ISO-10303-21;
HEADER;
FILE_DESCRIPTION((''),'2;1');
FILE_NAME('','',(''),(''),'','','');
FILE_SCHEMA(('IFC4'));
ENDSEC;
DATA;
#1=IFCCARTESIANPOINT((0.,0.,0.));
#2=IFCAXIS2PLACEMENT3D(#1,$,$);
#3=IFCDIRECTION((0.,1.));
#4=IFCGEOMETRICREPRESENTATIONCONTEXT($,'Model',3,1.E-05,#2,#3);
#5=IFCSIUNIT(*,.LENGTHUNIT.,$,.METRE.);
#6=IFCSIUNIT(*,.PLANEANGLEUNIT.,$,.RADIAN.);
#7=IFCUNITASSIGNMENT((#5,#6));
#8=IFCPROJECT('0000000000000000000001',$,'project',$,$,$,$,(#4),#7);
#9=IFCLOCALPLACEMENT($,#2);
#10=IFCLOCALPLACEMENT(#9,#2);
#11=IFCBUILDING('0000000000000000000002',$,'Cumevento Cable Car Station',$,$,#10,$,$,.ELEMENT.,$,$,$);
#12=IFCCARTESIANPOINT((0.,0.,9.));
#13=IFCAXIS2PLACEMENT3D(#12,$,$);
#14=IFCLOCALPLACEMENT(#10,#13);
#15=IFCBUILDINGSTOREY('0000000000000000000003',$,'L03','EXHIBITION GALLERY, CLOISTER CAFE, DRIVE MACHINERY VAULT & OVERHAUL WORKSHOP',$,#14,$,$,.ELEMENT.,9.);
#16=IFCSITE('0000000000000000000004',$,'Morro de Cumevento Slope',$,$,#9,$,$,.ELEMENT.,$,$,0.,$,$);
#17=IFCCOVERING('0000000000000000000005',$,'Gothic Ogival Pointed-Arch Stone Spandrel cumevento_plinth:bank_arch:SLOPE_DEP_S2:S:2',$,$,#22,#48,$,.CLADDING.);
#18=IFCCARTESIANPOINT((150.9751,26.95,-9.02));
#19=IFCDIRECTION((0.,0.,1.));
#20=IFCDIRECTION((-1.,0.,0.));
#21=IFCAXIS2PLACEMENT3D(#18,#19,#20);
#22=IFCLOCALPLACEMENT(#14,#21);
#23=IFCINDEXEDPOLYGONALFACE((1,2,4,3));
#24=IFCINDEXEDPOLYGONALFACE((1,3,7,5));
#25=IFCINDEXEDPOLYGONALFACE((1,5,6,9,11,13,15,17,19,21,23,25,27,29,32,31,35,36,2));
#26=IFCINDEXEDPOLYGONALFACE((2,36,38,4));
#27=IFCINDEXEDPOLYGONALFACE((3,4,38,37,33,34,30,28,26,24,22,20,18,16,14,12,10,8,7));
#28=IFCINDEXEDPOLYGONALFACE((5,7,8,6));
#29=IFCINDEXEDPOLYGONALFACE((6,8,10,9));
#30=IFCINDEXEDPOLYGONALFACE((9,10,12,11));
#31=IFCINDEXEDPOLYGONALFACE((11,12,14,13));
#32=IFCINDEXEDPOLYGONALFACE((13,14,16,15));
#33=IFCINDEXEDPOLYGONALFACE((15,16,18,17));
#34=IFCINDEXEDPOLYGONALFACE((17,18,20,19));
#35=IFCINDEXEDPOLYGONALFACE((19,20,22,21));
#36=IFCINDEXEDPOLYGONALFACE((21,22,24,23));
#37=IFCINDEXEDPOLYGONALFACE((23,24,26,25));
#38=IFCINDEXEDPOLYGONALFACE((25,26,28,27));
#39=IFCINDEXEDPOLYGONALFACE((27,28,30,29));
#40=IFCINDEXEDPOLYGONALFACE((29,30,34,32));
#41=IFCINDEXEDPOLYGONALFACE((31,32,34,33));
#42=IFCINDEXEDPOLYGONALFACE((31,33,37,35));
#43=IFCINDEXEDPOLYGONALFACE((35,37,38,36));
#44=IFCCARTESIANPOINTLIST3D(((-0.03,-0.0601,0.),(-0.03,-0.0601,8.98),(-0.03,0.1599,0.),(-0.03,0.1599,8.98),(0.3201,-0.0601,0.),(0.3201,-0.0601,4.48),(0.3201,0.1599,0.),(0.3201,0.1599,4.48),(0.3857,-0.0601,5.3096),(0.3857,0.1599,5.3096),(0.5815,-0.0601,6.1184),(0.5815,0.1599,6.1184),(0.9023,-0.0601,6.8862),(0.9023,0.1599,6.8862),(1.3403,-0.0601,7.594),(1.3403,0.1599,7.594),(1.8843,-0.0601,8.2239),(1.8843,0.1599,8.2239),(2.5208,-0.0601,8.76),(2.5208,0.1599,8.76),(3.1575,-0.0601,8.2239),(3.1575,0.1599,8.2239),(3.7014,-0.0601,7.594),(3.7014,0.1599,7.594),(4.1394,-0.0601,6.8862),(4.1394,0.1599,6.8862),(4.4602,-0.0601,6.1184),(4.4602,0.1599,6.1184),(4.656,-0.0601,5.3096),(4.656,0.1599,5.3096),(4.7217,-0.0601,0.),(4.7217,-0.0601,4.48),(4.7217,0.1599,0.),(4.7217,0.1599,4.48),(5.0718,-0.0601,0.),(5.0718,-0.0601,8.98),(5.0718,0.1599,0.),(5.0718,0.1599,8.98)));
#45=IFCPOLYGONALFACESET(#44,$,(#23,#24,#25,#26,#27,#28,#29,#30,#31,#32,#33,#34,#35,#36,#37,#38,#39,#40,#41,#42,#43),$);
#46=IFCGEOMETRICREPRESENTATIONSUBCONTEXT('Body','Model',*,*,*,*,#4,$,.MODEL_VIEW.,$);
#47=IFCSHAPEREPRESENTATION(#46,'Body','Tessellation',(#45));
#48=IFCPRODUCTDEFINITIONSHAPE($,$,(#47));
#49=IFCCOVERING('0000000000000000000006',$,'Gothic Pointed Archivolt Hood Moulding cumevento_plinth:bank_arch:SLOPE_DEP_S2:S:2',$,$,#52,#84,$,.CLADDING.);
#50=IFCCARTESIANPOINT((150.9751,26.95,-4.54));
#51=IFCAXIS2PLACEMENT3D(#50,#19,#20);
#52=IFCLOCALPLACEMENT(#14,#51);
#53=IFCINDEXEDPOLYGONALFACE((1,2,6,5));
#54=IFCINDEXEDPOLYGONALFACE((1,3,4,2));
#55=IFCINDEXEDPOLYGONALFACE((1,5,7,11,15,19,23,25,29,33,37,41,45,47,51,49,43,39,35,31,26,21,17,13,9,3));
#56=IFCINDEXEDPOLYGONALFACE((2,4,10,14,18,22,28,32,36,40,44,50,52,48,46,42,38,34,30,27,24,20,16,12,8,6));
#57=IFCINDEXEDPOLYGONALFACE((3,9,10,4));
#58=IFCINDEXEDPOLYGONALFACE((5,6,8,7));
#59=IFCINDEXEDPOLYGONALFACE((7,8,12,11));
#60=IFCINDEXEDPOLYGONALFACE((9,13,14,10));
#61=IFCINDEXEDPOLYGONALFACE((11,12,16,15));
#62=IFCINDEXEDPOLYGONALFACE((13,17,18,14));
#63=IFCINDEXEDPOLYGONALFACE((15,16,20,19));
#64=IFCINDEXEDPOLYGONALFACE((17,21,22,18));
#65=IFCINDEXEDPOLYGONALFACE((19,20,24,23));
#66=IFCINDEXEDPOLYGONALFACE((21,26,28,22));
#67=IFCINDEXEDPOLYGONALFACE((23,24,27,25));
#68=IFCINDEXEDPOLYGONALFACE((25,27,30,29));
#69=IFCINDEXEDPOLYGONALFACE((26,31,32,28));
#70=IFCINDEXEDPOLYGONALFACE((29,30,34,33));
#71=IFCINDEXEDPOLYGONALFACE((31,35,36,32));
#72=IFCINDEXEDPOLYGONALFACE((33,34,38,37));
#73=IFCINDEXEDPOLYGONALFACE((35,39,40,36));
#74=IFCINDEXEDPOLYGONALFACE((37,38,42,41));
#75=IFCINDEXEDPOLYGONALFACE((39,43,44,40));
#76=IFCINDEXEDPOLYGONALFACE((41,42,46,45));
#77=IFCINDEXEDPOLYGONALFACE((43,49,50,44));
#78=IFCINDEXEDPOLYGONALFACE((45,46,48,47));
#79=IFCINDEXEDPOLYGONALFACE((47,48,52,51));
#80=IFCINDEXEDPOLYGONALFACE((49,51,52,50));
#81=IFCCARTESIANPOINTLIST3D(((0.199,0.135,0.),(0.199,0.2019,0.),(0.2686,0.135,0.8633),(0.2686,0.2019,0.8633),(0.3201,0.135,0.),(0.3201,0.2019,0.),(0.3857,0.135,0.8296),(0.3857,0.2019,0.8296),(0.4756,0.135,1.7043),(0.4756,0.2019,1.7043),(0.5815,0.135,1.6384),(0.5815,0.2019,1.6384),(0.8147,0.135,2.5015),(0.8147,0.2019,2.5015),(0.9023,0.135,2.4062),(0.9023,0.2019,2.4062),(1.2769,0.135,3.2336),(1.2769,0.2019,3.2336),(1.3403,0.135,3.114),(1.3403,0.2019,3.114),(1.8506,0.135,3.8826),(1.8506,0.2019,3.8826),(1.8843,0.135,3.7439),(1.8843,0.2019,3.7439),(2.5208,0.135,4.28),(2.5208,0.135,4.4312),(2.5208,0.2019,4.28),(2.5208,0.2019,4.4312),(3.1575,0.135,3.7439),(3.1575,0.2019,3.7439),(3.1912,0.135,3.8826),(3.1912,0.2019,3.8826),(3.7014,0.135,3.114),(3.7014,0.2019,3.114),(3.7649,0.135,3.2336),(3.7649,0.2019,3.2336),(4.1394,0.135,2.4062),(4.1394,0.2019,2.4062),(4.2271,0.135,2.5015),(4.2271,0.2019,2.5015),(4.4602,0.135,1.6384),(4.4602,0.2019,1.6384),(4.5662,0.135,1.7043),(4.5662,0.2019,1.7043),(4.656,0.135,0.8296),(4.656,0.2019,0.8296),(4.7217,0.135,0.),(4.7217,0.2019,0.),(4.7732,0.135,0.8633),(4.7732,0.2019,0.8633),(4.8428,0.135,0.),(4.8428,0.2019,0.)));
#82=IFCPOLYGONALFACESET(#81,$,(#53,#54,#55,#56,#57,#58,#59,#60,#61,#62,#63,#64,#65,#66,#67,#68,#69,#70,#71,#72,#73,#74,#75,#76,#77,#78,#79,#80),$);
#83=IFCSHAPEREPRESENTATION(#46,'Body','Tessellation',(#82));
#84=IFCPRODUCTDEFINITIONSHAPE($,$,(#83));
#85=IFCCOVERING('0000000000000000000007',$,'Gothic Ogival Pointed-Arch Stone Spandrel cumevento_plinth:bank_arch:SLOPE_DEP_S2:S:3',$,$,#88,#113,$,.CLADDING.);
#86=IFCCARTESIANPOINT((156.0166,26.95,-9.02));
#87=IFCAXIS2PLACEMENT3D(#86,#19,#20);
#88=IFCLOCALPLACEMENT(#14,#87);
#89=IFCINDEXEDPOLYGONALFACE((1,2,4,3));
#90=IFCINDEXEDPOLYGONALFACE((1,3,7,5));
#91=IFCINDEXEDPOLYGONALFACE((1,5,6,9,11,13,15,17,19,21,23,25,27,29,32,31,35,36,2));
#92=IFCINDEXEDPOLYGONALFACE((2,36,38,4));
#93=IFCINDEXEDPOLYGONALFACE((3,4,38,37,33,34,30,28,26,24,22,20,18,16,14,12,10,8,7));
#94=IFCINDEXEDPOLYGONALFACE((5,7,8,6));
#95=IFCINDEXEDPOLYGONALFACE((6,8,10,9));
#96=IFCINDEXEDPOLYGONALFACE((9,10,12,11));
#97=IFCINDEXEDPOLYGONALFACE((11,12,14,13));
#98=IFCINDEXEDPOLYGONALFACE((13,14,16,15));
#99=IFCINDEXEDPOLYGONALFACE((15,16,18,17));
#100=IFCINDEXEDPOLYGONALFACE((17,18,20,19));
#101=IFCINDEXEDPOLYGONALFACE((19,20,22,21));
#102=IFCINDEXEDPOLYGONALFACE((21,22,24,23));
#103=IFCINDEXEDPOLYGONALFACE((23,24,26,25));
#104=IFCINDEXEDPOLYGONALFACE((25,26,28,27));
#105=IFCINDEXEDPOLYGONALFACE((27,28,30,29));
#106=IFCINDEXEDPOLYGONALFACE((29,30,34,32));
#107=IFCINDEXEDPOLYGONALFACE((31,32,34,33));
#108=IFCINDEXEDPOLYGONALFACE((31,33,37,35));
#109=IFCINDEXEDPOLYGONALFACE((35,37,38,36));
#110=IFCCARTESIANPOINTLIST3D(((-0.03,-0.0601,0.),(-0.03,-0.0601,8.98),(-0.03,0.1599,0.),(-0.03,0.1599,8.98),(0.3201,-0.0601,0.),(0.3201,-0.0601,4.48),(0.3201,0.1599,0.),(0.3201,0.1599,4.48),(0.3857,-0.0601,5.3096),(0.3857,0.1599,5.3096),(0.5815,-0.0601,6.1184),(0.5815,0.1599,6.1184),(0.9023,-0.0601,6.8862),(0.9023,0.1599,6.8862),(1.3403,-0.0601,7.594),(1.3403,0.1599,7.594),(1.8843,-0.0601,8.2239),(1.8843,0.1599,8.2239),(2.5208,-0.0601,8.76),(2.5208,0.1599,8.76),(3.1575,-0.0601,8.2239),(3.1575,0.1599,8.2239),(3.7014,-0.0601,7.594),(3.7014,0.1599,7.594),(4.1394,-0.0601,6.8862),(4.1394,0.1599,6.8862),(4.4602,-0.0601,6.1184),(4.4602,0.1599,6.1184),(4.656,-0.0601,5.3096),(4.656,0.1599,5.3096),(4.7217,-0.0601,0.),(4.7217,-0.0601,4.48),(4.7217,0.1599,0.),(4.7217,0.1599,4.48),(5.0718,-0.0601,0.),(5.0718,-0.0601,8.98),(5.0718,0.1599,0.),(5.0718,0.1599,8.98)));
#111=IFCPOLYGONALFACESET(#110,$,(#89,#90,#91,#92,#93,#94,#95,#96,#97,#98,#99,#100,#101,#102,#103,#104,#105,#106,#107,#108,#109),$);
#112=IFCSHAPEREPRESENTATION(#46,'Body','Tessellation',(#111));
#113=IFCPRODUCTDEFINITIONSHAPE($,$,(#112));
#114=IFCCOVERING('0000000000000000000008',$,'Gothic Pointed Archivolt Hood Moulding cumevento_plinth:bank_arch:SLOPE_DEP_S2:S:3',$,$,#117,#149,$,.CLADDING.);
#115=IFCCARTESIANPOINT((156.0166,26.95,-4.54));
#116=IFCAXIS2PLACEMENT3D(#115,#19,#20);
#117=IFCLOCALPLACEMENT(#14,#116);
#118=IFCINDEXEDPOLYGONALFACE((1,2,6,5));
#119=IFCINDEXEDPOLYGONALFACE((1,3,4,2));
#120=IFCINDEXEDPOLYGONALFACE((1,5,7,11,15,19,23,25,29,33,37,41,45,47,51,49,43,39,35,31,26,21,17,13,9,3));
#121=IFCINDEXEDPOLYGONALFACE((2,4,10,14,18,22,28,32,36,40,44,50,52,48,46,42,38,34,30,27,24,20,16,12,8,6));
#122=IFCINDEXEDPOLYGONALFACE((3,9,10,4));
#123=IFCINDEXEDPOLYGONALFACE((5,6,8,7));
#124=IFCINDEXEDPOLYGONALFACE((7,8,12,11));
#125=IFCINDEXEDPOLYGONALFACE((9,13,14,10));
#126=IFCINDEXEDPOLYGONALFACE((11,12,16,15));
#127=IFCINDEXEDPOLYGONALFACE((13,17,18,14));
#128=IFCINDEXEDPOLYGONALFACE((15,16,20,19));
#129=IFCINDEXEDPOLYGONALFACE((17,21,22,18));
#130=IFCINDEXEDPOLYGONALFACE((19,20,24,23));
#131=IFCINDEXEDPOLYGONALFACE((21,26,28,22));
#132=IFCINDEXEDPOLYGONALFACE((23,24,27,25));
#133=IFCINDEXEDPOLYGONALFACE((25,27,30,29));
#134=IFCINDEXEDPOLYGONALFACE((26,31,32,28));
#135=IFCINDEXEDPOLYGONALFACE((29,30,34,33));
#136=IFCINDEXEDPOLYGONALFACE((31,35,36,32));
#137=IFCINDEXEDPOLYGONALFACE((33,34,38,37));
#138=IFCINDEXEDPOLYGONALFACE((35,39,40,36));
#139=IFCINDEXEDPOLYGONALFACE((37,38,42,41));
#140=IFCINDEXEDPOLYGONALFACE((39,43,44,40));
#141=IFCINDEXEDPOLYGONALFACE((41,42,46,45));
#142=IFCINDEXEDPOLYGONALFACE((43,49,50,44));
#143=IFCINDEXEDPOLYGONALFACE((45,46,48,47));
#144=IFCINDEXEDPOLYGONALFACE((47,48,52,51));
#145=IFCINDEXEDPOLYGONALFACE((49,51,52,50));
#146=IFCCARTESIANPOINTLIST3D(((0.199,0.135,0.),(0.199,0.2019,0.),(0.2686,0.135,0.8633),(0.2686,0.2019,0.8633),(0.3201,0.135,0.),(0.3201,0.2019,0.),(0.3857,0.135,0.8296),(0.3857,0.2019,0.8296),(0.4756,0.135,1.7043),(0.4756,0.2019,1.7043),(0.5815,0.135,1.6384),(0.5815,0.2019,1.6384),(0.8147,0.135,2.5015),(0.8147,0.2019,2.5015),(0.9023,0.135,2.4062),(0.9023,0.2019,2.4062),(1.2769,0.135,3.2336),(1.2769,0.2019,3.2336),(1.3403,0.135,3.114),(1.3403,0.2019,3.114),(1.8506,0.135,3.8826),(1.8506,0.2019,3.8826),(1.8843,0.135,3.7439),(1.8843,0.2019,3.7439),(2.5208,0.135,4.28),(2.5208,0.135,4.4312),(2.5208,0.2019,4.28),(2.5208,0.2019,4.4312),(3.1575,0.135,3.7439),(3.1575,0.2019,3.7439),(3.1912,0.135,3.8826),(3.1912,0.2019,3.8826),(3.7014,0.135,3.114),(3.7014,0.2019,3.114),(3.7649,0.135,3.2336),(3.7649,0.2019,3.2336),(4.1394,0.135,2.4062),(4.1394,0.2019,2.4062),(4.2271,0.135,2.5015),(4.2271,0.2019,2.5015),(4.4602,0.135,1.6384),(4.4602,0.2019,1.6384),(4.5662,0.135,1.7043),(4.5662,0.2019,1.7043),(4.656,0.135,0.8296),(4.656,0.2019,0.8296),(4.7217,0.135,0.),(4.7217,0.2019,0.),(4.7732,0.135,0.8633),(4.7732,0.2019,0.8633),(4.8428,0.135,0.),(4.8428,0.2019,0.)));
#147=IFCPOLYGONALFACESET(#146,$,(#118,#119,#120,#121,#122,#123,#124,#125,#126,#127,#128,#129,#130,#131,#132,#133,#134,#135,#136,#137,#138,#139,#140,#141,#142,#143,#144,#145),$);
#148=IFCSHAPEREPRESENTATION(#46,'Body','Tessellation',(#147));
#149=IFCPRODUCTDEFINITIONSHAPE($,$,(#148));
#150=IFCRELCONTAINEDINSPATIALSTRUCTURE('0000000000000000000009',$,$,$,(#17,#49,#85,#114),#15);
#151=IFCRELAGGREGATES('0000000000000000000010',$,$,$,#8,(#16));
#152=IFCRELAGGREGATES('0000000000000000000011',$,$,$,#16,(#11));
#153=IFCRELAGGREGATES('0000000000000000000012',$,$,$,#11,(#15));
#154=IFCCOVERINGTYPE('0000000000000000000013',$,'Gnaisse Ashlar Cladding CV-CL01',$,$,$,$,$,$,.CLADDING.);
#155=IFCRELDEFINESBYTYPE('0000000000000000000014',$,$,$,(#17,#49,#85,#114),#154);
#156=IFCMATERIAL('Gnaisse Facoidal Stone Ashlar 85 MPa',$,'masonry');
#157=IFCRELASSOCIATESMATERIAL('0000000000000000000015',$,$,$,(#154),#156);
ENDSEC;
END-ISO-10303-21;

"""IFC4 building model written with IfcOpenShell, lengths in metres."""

from ifc_helpers import new_model, si_unit, direction, frame, origin, place, context, subcontext, project, spatial, polyline, outline, extrude, material, type_object, element, save


model = new_model("IFC4")

# Units and contexts
model_context = context("Model", 3, precision=1e-05, world=origin(), true_north=direction((0.0, 1.0)))
body_context = subcontext(model_context, "Body", "Model", "MODEL_VIEW")
ifc_project = project(units=[si_unit("LENGTHUNIT", "METRE"), si_unit("PLANEANGLEUNIT", "RADIAN")], contexts=[model_context])

# Site, building, storey
site_placement = place(None, origin())
site = spatial("IfcSite", under=ifc_project, at=site_placement, Name="Morro de Cumevento Slope", CompositionType="ELEMENT", RefElevation=0.0)
building_placement = place(site_placement, origin())
building = spatial("IfcBuilding", under=site, at=building_placement, Name="Cumevento Cable Car Station", CompositionType="ELEMENT")
storey_placement = place(building_placement, frame((0.0, 0.0, 9.0)))
storey = spatial("IfcBuildingStorey", under=building, at=storey_placement, Name="L03", Description="EXHIBITION GALLERY, CLOISTER CAFE, DRIVE MACHINERY VAULT & OVERHAUL WORKSHOP", CompositionType="ELEMENT", Elevation=9.0)

# Coverings
ifc_material_1 = material(Name="Gnaisse Facoidal Stone Ashlar 85 MPa", Category="masonry")
covering_type = type_object("IfcCoveringType", Name="Gnaisse Ashlar Cladding CV-CL01", PredefinedType="CLADDING", material=ifc_material_1)
covering_1_placement = place(storey_placement, frame((150.9751, 26.95, -9.02), z_axis=(0.0, 0.0, 1.0), x_axis=(-1.0, 0.0, 0.0)))
element("IfcCovering", 1, at=covering_1_placement, inside=storey, type_object=covering_type, Name="Gothic Ogival Pointed-Arch Stone Spandrel cumevento_plinth:bank_arch:SLOPE_DEP_S2:S:2", PredefinedType="CLADDING", context=body_context, shape_type="SweptSolid", body=[
    extrude(outline(polyline([(-0.03, 0.0), (-0.03, 8.98), (5.0718, 8.98), (5.0718, 0.0), (4.7217, 0.0), (4.7217, 4.48), (4.656, 5.3096), (4.4602, 6.1184), (4.1394, 6.8862), (3.7014, 7.594), (3.1575, 8.2239), (2.5208, 8.76), (1.8843, 8.2239), (1.3403, 7.594), (0.9023, 6.8862), (0.5815, 6.1184), (0.3857, 5.3096), (0.3201, 4.48), (0.3201, 0.0), (-0.03, 0.0)])), frame((0.0, 0.1599, 0.0), z_axis=(0.0, -1.0, 0.0), x_axis=(1.0, 0.0, 0.0)), (0.0, 0.0, 1.0), 0.22),
])
covering_2_placement = place(storey_placement, frame((150.9751, 26.95, -4.54), z_axis=(0.0, 0.0, 1.0), x_axis=(-1.0, 0.0, 0.0)))
element("IfcCovering", 2, at=covering_2_placement, inside=storey, type_object=covering_type, Name="Gothic Pointed Archivolt Hood Moulding cumevento_plinth:bank_arch:SLOPE_DEP_S2:S:2", PredefinedType="CLADDING", context=body_context, shape_type="SweptSolid", body=[
    extrude(outline(polyline([(0.3201, 0.0), (0.3857, 0.8296), (0.5815, 1.6384), (0.9023, 2.4062), (1.3403, 3.114), (1.8843, 3.7439), (2.5208, 4.28), (3.1575, 3.7439), (3.7014, 3.114), (4.1394, 2.4062), (4.4602, 1.6384), (4.656, 0.8296), (4.7217, 0.0), (4.8428, 0.0), (4.7732, 0.8633), (4.5662, 1.7043), (4.2271, 2.5015), (3.7649, 3.2336), (3.1912, 3.8826), (2.5208, 4.4312), (1.8506, 3.8826), (1.2769, 3.2336), (0.8147, 2.5015), (0.4756, 1.7043), (0.2686, 0.8633), (0.199, 0.0), (0.3201, 0.0)])), frame((0.0, 0.2019, 0.0), z_axis=(0.0, -1.0, 0.0), x_axis=(1.0, 0.0, 0.0)), (0.0, 0.0, 1.0), 0.0669),
])
covering_3_placement = place(storey_placement, frame((156.0166, 26.95, -9.02), z_axis=(0.0, 0.0, 1.0), x_axis=(-1.0, 0.0, 0.0)))
element("IfcCovering", 3, at=covering_3_placement, inside=storey, type_object=covering_type, Name="Gothic Ogival Pointed-Arch Stone Spandrel cumevento_plinth:bank_arch:SLOPE_DEP_S2:S:3", PredefinedType="CLADDING", context=body_context, shape_type="SweptSolid", body=[
    extrude(outline(polyline([(-0.03, 0.0), (-0.03, 8.98), (5.0718, 8.98), (5.0718, 0.0), (4.7217, 0.0), (4.7217, 4.48), (4.656, 5.3096), (4.4602, 6.1184), (4.1394, 6.8862), (3.7014, 7.594), (3.1575, 8.2239), (2.5208, 8.76), (1.8843, 8.2239), (1.3403, 7.594), (0.9023, 6.8862), (0.5815, 6.1184), (0.3857, 5.3096), (0.3201, 4.48), (0.3201, 0.0), (-0.03, 0.0)])), frame((0.0, 0.1599, 0.0), z_axis=(0.0, -1.0, 0.0), x_axis=(1.0, 0.0, 0.0)), (0.0, 0.0, 1.0), 0.22),
])
covering_4_placement = place(storey_placement, frame((156.0166, 26.95, -4.54), z_axis=(0.0, 0.0, 1.0), x_axis=(-1.0, 0.0, 0.0)))
element("IfcCovering", 4, at=covering_4_placement, inside=storey, type_object=covering_type, Name="Gothic Pointed Archivolt Hood Moulding cumevento_plinth:bank_arch:SLOPE_DEP_S2:S:3", PredefinedType="CLADDING", context=body_context, shape_type="SweptSolid", body=[
    extrude(outline(polyline([(0.3201, 0.0), (0.3857, 0.8296), (0.5815, 1.6384), (0.9023, 2.4062), (1.3403, 3.114), (1.8843, 3.7439), (2.5208, 4.28), (3.1575, 3.7439), (3.7014, 3.114), (4.1394, 2.4062), (4.4602, 1.6384), (4.656, 0.8296), (4.7217, 0.0), (4.8428, 0.0), (4.7732, 0.8633), (4.5662, 1.7043), (4.2271, 2.5015), (3.7649, 3.2336), (3.1912, 3.8826), (2.5208, 4.4312), (1.8506, 3.8826), (1.2769, 3.2336), (0.8147, 2.5015), (0.4756, 1.7043), (0.2686, 0.8633), (0.199, 0.0), (0.3201, 0.0)])), frame((0.0, 0.2019, 0.0), z_axis=(0.0, -1.0, 0.0), x_axis=(1.0, 0.0, 0.0)), (0.0, 0.0, 1.0), 0.0669),
])

save(model, "model.ifc")
